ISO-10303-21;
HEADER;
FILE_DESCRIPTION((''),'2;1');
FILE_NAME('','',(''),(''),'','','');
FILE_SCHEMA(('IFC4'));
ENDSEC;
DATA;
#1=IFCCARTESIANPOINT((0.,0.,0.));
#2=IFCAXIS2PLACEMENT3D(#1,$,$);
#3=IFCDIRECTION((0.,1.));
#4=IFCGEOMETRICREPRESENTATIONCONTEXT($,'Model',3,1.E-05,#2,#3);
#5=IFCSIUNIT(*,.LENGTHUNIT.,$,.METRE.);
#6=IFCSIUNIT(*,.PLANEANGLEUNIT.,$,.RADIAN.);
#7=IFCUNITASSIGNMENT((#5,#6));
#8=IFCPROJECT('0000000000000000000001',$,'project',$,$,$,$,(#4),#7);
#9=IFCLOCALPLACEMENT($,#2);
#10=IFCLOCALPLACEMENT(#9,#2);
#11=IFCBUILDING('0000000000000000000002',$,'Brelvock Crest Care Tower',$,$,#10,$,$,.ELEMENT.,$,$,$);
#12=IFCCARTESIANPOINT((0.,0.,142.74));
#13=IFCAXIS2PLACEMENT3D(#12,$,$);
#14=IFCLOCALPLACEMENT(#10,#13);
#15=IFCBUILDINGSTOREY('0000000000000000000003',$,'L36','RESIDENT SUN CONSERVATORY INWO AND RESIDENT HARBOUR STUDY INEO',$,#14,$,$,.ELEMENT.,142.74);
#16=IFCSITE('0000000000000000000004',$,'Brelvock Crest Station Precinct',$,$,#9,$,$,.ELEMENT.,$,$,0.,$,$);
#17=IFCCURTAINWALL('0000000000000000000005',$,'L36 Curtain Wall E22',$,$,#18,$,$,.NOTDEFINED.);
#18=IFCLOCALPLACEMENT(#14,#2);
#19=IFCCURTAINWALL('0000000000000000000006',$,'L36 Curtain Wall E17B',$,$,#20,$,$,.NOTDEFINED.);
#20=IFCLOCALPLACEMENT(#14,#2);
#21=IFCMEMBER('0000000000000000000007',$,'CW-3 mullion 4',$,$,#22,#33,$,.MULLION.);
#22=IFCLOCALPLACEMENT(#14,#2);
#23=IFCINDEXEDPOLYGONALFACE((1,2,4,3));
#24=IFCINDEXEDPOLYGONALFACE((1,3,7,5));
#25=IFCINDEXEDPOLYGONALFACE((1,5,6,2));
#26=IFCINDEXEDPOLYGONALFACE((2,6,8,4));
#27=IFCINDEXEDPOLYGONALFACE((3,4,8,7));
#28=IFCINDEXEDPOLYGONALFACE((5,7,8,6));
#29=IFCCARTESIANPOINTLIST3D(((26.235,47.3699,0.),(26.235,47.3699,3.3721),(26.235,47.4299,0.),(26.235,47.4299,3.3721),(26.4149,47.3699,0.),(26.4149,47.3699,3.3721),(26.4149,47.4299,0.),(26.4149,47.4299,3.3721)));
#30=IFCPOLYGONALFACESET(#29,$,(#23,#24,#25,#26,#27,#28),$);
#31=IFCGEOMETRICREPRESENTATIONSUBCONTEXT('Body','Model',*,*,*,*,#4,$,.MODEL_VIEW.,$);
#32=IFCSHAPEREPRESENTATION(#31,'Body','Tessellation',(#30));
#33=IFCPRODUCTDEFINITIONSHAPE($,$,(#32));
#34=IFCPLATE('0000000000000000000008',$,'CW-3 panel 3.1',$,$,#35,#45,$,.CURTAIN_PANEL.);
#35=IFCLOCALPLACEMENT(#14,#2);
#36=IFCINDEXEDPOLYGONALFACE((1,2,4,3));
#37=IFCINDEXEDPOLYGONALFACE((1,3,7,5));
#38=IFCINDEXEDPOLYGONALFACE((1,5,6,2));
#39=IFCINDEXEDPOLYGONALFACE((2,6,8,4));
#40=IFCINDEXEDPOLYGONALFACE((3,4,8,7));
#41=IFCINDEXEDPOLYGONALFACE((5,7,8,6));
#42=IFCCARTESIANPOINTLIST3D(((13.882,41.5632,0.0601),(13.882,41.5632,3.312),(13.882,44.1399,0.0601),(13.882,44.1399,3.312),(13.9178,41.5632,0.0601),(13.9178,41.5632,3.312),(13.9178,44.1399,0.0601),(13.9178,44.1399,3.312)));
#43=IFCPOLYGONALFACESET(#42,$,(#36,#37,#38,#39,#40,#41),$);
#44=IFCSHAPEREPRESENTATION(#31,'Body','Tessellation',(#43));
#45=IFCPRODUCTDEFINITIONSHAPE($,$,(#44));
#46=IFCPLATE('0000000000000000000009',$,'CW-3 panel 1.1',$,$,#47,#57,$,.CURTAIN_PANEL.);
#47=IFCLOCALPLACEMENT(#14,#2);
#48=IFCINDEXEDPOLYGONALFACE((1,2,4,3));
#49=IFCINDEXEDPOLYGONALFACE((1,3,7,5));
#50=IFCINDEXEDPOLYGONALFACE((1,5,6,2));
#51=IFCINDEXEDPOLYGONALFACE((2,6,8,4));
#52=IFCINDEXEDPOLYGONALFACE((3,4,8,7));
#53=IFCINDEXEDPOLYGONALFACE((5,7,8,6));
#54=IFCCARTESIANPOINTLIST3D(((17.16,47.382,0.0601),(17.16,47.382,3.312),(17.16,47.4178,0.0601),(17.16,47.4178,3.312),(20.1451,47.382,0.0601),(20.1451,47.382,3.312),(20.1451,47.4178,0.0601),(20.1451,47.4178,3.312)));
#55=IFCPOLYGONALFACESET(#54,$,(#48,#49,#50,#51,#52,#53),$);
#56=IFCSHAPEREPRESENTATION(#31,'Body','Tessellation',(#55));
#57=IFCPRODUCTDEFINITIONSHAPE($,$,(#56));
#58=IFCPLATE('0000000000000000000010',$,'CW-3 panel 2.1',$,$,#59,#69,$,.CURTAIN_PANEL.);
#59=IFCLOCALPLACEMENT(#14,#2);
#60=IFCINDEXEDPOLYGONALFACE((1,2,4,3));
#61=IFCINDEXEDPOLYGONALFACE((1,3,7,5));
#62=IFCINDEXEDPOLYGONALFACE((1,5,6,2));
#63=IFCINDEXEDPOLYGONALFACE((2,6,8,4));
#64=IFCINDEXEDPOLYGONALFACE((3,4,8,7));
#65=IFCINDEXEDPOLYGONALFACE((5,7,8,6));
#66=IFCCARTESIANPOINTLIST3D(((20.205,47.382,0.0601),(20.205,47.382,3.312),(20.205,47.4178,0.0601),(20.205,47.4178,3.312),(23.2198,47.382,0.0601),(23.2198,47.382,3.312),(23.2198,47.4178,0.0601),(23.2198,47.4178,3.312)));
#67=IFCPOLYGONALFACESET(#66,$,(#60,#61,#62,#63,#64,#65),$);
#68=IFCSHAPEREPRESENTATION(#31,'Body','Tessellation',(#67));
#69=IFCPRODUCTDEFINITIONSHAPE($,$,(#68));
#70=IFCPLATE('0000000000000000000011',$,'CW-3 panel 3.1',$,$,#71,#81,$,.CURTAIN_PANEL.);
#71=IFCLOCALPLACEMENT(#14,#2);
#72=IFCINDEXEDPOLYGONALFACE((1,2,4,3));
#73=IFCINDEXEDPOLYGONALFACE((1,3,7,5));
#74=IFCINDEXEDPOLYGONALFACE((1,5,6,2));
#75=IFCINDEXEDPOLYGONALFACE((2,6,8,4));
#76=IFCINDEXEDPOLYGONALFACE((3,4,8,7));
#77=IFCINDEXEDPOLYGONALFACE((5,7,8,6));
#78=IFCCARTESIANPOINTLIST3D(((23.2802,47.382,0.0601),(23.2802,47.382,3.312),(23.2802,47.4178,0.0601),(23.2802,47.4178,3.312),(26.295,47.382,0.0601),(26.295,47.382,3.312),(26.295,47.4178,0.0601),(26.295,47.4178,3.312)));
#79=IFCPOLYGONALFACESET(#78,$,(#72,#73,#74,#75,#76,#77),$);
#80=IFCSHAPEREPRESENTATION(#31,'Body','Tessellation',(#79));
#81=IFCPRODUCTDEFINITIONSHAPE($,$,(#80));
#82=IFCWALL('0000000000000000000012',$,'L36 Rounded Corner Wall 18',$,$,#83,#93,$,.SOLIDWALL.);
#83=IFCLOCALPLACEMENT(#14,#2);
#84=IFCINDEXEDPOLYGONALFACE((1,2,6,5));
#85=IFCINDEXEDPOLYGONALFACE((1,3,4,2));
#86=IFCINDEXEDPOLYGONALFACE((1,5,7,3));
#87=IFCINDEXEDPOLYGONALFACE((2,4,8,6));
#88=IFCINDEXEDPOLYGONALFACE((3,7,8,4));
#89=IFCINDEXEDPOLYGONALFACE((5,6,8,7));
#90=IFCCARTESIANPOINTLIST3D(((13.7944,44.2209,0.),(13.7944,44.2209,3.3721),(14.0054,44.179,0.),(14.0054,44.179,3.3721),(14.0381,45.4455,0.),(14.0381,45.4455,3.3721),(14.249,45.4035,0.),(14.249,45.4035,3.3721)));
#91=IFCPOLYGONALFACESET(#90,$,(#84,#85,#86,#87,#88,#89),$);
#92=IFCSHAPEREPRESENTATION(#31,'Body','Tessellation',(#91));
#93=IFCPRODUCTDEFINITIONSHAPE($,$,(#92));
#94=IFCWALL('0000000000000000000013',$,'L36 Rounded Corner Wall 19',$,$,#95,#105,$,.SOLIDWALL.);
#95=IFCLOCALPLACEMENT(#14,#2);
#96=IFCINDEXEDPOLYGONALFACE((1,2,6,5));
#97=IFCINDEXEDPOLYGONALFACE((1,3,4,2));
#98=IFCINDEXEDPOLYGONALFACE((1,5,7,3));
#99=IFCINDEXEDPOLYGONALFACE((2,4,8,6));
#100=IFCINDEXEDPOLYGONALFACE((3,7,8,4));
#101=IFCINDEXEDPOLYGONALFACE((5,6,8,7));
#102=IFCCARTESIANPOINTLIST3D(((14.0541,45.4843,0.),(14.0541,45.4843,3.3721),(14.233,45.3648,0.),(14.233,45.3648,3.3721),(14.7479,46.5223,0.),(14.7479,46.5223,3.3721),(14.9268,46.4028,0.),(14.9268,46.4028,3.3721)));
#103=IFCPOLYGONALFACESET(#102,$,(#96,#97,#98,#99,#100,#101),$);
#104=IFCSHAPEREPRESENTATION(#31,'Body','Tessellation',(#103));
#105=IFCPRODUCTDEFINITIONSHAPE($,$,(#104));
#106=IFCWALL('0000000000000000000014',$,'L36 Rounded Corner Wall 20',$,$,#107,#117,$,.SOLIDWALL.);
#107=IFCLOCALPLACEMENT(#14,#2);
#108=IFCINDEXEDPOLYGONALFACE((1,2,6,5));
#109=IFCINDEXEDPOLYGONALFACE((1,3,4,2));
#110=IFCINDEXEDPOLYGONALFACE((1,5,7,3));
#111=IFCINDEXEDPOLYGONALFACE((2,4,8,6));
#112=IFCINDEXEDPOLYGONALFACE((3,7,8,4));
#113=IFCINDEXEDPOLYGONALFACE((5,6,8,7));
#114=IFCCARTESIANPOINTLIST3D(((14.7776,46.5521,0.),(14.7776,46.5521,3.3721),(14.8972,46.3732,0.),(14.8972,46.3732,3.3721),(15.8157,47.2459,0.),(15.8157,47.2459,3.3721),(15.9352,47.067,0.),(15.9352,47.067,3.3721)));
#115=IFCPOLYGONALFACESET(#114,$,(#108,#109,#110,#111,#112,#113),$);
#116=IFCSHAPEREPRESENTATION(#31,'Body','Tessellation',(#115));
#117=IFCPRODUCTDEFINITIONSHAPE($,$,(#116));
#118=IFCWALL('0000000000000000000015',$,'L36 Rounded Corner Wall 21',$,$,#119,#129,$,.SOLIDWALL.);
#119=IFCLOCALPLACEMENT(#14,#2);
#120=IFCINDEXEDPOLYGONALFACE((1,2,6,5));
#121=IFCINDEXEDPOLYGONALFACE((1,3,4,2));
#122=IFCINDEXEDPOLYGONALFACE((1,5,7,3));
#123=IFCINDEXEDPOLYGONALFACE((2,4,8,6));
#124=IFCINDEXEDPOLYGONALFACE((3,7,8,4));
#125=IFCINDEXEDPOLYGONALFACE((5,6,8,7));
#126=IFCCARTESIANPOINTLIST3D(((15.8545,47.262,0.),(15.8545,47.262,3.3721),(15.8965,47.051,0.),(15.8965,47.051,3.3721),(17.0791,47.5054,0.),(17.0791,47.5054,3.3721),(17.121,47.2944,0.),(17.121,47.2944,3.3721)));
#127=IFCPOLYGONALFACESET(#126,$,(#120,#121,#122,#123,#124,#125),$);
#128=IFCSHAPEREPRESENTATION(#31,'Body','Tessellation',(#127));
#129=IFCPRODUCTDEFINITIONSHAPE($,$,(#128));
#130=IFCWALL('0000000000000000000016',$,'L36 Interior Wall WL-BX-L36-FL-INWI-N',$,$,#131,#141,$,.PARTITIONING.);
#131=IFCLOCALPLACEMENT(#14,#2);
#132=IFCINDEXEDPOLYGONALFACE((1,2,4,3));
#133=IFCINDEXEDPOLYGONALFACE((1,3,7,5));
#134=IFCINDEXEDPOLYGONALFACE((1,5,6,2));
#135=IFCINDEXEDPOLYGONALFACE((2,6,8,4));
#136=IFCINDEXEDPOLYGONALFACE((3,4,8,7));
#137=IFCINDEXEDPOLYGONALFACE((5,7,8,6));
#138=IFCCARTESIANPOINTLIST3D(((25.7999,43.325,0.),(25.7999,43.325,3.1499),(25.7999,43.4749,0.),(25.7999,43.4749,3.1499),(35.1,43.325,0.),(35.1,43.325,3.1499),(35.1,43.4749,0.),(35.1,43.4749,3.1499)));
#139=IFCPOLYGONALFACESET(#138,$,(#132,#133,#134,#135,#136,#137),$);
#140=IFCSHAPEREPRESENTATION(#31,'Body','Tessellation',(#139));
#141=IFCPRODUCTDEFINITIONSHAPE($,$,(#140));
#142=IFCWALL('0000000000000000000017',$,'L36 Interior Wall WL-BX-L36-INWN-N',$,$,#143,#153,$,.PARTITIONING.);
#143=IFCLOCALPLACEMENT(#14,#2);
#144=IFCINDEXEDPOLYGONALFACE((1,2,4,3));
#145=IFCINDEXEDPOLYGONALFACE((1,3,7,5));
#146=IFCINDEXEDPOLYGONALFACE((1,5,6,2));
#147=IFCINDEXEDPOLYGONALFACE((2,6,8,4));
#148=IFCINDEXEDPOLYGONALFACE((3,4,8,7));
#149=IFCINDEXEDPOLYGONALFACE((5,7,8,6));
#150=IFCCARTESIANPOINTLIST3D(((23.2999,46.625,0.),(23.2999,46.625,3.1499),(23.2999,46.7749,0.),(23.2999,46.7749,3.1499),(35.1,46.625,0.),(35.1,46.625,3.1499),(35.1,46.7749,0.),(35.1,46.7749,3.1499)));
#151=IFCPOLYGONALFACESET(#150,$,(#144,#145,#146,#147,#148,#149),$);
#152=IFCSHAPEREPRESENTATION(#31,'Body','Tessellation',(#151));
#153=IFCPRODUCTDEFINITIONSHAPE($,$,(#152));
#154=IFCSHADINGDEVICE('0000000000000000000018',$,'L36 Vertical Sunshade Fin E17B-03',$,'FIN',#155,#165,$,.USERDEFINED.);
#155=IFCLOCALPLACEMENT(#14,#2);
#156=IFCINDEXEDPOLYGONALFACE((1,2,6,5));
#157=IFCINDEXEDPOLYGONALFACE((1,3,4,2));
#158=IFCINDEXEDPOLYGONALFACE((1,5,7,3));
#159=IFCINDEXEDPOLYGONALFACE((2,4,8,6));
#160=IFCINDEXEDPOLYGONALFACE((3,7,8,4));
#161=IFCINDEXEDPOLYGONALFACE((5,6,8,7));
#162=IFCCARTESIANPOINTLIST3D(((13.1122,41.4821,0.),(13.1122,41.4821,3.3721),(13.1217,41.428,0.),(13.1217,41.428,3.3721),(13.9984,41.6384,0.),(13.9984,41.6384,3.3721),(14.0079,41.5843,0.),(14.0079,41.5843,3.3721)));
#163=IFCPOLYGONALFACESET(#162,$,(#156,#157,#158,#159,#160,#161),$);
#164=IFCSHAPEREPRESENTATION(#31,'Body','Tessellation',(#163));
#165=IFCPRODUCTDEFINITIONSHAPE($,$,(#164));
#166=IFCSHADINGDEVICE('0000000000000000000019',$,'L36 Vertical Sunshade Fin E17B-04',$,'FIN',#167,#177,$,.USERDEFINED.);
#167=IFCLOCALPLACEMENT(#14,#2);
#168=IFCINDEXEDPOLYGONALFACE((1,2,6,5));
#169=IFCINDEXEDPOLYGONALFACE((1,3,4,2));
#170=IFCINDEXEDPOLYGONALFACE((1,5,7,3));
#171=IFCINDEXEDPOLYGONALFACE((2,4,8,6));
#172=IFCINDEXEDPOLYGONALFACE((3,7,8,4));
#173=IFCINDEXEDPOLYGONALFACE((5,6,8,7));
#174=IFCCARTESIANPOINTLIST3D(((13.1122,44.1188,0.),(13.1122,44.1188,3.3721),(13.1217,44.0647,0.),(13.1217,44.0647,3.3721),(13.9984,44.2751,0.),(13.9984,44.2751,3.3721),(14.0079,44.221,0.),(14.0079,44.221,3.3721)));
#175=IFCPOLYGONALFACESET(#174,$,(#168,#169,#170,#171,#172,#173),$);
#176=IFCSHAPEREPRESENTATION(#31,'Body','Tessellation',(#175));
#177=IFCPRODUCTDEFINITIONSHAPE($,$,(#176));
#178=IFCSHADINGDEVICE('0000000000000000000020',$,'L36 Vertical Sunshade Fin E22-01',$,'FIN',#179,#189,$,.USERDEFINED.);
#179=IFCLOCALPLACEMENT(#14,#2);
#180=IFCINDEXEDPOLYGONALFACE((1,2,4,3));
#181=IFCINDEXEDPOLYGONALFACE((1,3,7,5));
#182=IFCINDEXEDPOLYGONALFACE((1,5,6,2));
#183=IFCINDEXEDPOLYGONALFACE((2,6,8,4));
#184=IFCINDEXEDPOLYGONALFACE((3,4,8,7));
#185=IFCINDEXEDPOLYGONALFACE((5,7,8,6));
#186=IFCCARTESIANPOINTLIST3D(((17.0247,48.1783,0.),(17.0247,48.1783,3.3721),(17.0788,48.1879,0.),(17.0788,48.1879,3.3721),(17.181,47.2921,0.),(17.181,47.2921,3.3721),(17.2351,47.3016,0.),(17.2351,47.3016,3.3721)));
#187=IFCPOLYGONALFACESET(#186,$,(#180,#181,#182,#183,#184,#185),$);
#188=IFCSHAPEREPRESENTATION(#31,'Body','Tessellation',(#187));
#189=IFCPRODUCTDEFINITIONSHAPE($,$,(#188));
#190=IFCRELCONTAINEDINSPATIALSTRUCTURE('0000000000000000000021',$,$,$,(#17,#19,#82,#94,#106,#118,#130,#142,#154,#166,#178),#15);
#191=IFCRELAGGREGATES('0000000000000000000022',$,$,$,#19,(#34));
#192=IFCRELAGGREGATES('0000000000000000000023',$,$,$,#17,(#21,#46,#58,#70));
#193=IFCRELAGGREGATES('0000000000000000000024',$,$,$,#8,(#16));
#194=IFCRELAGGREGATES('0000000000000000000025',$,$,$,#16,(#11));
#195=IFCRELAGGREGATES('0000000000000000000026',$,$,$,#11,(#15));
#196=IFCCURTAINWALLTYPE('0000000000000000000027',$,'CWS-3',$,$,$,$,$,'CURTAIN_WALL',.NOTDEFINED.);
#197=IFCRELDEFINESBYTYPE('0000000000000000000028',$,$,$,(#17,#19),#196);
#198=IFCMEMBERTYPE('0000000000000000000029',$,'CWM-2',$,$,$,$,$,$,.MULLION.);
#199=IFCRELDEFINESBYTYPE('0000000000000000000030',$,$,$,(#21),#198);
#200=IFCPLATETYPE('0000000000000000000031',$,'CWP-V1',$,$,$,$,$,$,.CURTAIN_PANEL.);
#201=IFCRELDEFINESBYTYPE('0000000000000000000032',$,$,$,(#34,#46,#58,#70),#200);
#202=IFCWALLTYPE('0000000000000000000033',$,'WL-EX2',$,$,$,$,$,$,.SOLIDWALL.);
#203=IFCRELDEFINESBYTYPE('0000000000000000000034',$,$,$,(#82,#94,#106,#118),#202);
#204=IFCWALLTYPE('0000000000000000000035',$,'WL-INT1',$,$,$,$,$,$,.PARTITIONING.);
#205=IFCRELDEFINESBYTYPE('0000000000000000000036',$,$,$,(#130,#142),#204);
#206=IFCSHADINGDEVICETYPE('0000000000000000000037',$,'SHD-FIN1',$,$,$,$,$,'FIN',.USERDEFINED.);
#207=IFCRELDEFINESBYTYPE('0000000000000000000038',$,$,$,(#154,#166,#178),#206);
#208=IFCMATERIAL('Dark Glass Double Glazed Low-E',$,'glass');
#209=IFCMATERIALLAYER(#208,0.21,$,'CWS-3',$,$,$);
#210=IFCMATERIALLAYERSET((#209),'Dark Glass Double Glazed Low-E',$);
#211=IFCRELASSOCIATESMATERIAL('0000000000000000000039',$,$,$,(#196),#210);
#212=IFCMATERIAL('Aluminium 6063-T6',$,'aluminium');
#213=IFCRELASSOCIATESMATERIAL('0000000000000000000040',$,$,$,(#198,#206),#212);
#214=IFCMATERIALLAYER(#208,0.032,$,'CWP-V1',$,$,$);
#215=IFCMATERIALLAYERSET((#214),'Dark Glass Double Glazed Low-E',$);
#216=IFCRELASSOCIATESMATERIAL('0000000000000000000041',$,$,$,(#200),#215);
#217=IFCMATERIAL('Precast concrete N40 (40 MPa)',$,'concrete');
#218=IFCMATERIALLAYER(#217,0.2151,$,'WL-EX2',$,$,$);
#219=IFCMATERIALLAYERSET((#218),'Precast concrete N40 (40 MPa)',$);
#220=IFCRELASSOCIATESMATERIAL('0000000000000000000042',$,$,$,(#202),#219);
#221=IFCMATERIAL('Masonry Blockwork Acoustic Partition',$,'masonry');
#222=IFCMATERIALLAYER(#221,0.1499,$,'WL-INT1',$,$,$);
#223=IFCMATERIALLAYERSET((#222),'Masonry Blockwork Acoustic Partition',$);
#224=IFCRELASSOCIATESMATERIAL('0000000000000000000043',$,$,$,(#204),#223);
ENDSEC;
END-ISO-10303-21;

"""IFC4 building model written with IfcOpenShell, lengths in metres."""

from ifc_helpers import new_model, si_unit, direction, frame, frame_2d, origin, origin_2d, place, context, subcontext, project, spatial, rectangle, extrude, source, transform, mapped, material, layer, layer_set, material_profile, profile_set, type_object, element, aggregate, save


model = new_model("IFC4")

# Units and contexts
model_context = context("Model", 3, precision=1e-05, world=origin(), true_north=direction((0.0, 1.0)))
body_context = subcontext(model_context, "Body", "Model", "MODEL_VIEW")
ifc_project = project(units=[si_unit("LENGTHUNIT", "METRE"), si_unit("PLANEANGLEUNIT", "RADIAN")], contexts=[model_context])

# Site, building, storey
site_placement = place(None, origin())
site = spatial("IfcSite", under=ifc_project, at=site_placement, Name="Brelvock Crest Station Precinct", CompositionType="ELEMENT", RefElevation=0.0)
building_placement = place(site_placement, origin())
building = spatial("IfcBuilding", under=site, at=building_placement, Name="Brelvock Crest Care Tower", CompositionType="ELEMENT")
storey_placement = place(building_placement, frame((0.0, 0.0, 142.74)))
storey = spatial("IfcBuildingStorey", under=building, at=storey_placement, Name="L36", Description="RESIDENT SUN CONSERVATORY INWO AND RESIDENT HARBOUR STUDY INEO", CompositionType="ELEMENT", Elevation=142.74)

# Curtain walls
ifc_material_1 = material(Name="Dark Glass Double Glazed Low-E", Category="glass")
ifc_layer_1 = layer(ifc_material_1, 0.21, Name="CWS-3")
ifc_layer_set_1 = layer_set([ifc_layer_1], Name="Dark Glass Double Glazed Low-E")
curtain_wall_type = type_object("IfcCurtainWallType", Name="CWS-3", ElementType="CURTAIN_WALL", PredefinedType="NOTDEFINED", material=ifc_layer_set_1)
curtain_wall_1_placement = place(storey_placement, origin())
curtain_wall_1 = element("IfcCurtainWall", 1, at=curtain_wall_1_placement, inside=storey, type_object=curtain_wall_type, Name="L36 Curtain Wall E22", PredefinedType="NOTDEFINED")
ifc_material_2 = material(Name="Aluminium 6063-T6", Category="aluminium")
curtain_wall_2_placement = place(storey_placement, origin())
curtain_wall_2 = element("IfcCurtainWall", 2, at=curtain_wall_2_placement, inside=storey, type_object=curtain_wall_type, Name="L36 Curtain Wall E17B", PredefinedType="NOTDEFINED")
ifc_material_profile_1 = material_profile(ifc_material_2, rectangle(XDim=0.0601, YDim=0.1799, at=origin_2d()), Name="ALU60x180")
ifc_profile_set_1 = profile_set([ifc_material_profile_1], Name="Aluminium 6063-T6")
member_type_1 = type_object("IfcMemberType", Name="CWM-2", PredefinedType="MULLION", material=ifc_profile_set_1)
shared_shape_1 = source(origin(), body_context, "Body", "SweptSolid", [
    extrude(rectangle(XDim=0.0601, YDim=0.1799, at=origin_2d()), origin(), (0.0, 0.0, 1.0), 3.3721),
])

# Member
member_1_placement = place(storey_placement, frame((26.325, 47.3999, 0.0), z_axis=(0.0, 0.0, 1.0), x_axis=(0.0, 1.0, 0.0)))
member_1 = element("IfcMember", 3, at=member_1_placement, type_object=member_type_1, Name="CW-3 mullion 4", PredefinedType="MULLION", context=body_context, shape_type="MappedRepresentation", body=[
    mapped(shared_shape_1, transform((0.0, 0.0, 0.0), x_axis=(1.0, 0.0, 0.0), y_axis=(0.0, 1.0, 0.0), z_axis=(0.0, 0.0, 1.0), scale=1.0)),
])

# Plates
ifc_layer_2 = layer(ifc_material_1, 0.032, Name="CWP-V1")
ifc_layer_set_2 = layer_set([ifc_layer_2], Name="Dark Glass Double Glazed Low-E")
plate_type = type_object("IfcPlateType", Name="CWP-V1", PredefinedType="CURTAIN_PANEL", material=ifc_layer_set_2)
shared_shape_2 = source(origin(), body_context, "Body", "SweptSolid", [
    extrude(rectangle(XDim=2.5767, YDim=0.0359, at=origin_2d()), origin(), (0.0, 0.0, 1.0), 3.252),
])
plate_1_placement = place(storey_placement, frame((13.8999, 42.8516, 0.0601), z_axis=(0.0, 0.0, 1.0), x_axis=(0.0, 1.0, 0.0)))
plate_1 = element("IfcPlate", 4, at=plate_1_placement, type_object=plate_type, Name="CW-3 panel 3.1", PredefinedType="CURTAIN_PANEL", context=body_context, shape_type="MappedRepresentation", body=[
    mapped(shared_shape_2, transform((0.0, 0.0, 0.0), x_axis=(1.0, 0.0, 0.0), y_axis=(0.0, 1.0, 0.0), z_axis=(0.0, 0.0, 1.0), scale=1.0)),
])
aggregate(curtain_wall_2, [plate_1])
shared_shape_3 = source(origin(), body_context, "Body", "SweptSolid", [
    extrude(rectangle(XDim=2.9851, YDim=0.0359, at=origin_2d()), origin(), (0.0, 0.0, 1.0), 3.252),
])
plate_2_placement = place(storey_placement, frame((18.6526, 47.3999, 0.0601), z_axis=(0.0, 0.0, 1.0), x_axis=(1.0, 0.0, 0.0)))
plate_2 = element("IfcPlate", 5, at=plate_2_placement, type_object=plate_type, Name="CW-3 panel 1.1", PredefinedType="CURTAIN_PANEL", context=body_context, shape_type="MappedRepresentation", body=[
    mapped(shared_shape_3, transform((0.0, 0.0, 0.0), x_axis=(1.0, 0.0, 0.0), y_axis=(0.0, 1.0, 0.0), z_axis=(0.0, 0.0, 1.0), scale=1.0)),
])
shared_shape_4 = source(origin(), body_context, "Body", "SweptSolid", [
    extrude(rectangle(XDim=3.0149, YDim=0.0359, at=origin_2d()), origin(), (0.0, 0.0, 1.0), 3.252),
])
plate_3_placement = place(storey_placement, frame((21.7124, 47.3999, 0.0601), z_axis=(0.0, 0.0, 1.0), x_axis=(1.0, 0.0, 0.0)))
plate_3 = element("IfcPlate", 6, at=plate_3_placement, type_object=plate_type, Name="CW-3 panel 2.1", PredefinedType="CURTAIN_PANEL", context=body_context, shape_type="MappedRepresentation", body=[
    mapped(shared_shape_4, transform((0.0, 0.0, 0.0), x_axis=(1.0, 0.0, 0.0), y_axis=(0.0, 1.0, 0.0), z_axis=(0.0, 0.0, 1.0), scale=1.0)),
])
plate_4_placement = place(storey_placement, frame((24.7876, 47.3999, 0.0601), z_axis=(0.0, 0.0, 1.0), x_axis=(1.0, 0.0, 0.0)))
plate_4 = element("IfcPlate", 7, at=plate_4_placement, type_object=plate_type, Name="CW-3 panel 3.1", PredefinedType="CURTAIN_PANEL", context=body_context, shape_type="MappedRepresentation", body=[
    mapped(shared_shape_4, transform((0.0, 0.0, 0.0), x_axis=(1.0, 0.0, 0.0), y_axis=(0.0, 1.0, 0.0), z_axis=(0.0, 0.0, 1.0), scale=1.0)),
])
aggregate(curtain_wall_1, [member_1, plate_2, plate_3, plate_4])

# Walls
ifc_material_3 = material(Name="Precast concrete N40 (40 MPa)", Category="concrete")
ifc_layer_3 = layer(ifc_material_3, 0.2151, Name="WL-EX2")
ifc_layer_set_3 = layer_set([ifc_layer_3], Name="Precast concrete N40 (40 MPa)")
wall_type_1 = type_object("IfcWallType", Name="WL-EX2", PredefinedType="SOLIDWALL", material=ifc_layer_set_3)
for number, where, z_axis, x_axis, name in (
    (8, (13.8999, 44.2, 0.0), (0.0, 0.0, 1.0), (0.195138, 0.980776, 0.0), "L36 Rounded Corner Wall 18"),
    (9, (14.1436, 45.4246, 0.0), (0.0, 0.0, 1.0), (0.555692, 0.831388, 0.0), "L36 Rounded Corner Wall 19"),
    (10, (14.8374, 46.4626, 0.0), (0.0, 0.0, 1.0), (0.831388, 0.555692, 0.0), "L36 Rounded Corner Wall 20"),
    (11, (15.8755, 47.1565, 0.0), (0.0, 0.0, 1.0), (0.980813, 0.19495, 0.0), "L36 Rounded Corner Wall 21"),
):
    element("IfcWall", number, at=place(storey_placement, frame(where, z_axis=z_axis, x_axis=x_axis)), inside=storey, type_object=wall_type_1, Name=name, PredefinedType="SOLIDWALL", context=body_context, shape_type="SweptSolid", body=[
        extrude(rectangle(XDim=1.2485, YDim=0.2151, at=frame_2d((0.6243, 0.0))), origin(), (0.0, 0.0, 1.0), 3.3721),
    ])
ifc_material_4 = material(Name="Masonry Blockwork Acoustic Partition", Category="masonry")
ifc_layer_4 = layer(ifc_material_4, 0.1499, Name="WL-INT1")
ifc_layer_set_4 = layer_set([ifc_layer_4], Name="Masonry Blockwork Acoustic Partition")
wall_type_2 = type_object("IfcWallType", Name="WL-INT1", PredefinedType="PARTITIONING", material=ifc_layer_set_4)
wall_1_placement = place(storey_placement, frame((25.8, 43.3999, 0.0), z_axis=(0.0, 0.0, 1.0), x_axis=(1.0, 0.0, 0.0)))
element("IfcWall", 12, at=wall_1_placement, inside=storey, type_object=wall_type_2, Name="L36 Interior Wall WL-BX-L36-FL-INWI-N", PredefinedType="PARTITIONING", context=body_context, shape_type="SweptSolid", body=[
    extrude(rectangle(XDim=9.3, YDim=0.1499, at=frame_2d((4.6499, 0.0))), origin(), (0.0, 0.0, 1.0), 3.1499),
])
wall_2_placement = place(storey_placement, frame((23.3, 46.7, 0.0), z_axis=(0.0, 0.0, 1.0), x_axis=(1.0, 0.0, 0.0)))
element("IfcWall", 13, at=wall_2_placement, inside=storey, type_object=wall_type_2, Name="L36 Interior Wall WL-BX-L36-INWN-N", PredefinedType="PARTITIONING", context=body_context, shape_type="SweptSolid", body=[
    extrude(rectangle(XDim=11.8, YDim=0.1499, at=frame_2d((5.8999, 0.0))), origin(), (0.0, 0.0, 1.0), 3.1499),
])

# Shading devices
ifc_material_profile_2 = material_profile(ifc_material_2, rectangle(XDim=0.0549, YDim=0.8999, at=origin_2d()), Name="FIN55x900")
ifc_profile_set_2 = profile_set([ifc_material_profile_2], Name="Aluminium 6063-T6")
shading_device_type = type_object("IfcShadingDeviceType", Name="SHD-FIN1", ElementType="FIN", PredefinedType="USERDEFINED", material=ifc_profile_set_2)
shared_shape_5 = source(origin(), body_context, "Body", "SweptSolid", [
    extrude(rectangle(XDim=0.0549, YDim=0.8999, at=origin_2d()), origin(), (0.0, 0.0, 1.0), 3.3721),
])
for number, where, z_axis, x_axis, name in (
    (14, (13.5601, 41.5332, 0.0), (0.0, 0.0, 1.0), (-0.173648, 0.984808, 0.0), "L36 Vertical Sunshade Fin E17B-03"),
    (15, (13.5601, 44.1699, 0.0), (0.0, 0.0, 1.0), (-0.173648, 0.984808, 0.0), "L36 Vertical Sunshade Fin E17B-04"),
    (16, (17.1299, 47.74, 0.0), (0.0, 0.0, 1.0), (0.984808, 0.173648, 0.0), "L36 Vertical Sunshade Fin E22-01"),
):
    element("IfcShadingDevice", number, at=place(storey_placement, frame(where, z_axis=z_axis, x_axis=x_axis)), inside=storey, type_object=shading_device_type, Name=name, ObjectType="FIN", PredefinedType="USERDEFINED", context=body_context, shape_type="MappedRepresentation", body=[
        mapped(shared_shape_5, transform((0.0, 0.0, 0.0), x_axis=(1.0, 0.0, 0.0), y_axis=(0.0, 1.0, 0.0), z_axis=(0.0, 0.0, 1.0), scale=1.0)),
    ])

save(model, "model.ifc")
